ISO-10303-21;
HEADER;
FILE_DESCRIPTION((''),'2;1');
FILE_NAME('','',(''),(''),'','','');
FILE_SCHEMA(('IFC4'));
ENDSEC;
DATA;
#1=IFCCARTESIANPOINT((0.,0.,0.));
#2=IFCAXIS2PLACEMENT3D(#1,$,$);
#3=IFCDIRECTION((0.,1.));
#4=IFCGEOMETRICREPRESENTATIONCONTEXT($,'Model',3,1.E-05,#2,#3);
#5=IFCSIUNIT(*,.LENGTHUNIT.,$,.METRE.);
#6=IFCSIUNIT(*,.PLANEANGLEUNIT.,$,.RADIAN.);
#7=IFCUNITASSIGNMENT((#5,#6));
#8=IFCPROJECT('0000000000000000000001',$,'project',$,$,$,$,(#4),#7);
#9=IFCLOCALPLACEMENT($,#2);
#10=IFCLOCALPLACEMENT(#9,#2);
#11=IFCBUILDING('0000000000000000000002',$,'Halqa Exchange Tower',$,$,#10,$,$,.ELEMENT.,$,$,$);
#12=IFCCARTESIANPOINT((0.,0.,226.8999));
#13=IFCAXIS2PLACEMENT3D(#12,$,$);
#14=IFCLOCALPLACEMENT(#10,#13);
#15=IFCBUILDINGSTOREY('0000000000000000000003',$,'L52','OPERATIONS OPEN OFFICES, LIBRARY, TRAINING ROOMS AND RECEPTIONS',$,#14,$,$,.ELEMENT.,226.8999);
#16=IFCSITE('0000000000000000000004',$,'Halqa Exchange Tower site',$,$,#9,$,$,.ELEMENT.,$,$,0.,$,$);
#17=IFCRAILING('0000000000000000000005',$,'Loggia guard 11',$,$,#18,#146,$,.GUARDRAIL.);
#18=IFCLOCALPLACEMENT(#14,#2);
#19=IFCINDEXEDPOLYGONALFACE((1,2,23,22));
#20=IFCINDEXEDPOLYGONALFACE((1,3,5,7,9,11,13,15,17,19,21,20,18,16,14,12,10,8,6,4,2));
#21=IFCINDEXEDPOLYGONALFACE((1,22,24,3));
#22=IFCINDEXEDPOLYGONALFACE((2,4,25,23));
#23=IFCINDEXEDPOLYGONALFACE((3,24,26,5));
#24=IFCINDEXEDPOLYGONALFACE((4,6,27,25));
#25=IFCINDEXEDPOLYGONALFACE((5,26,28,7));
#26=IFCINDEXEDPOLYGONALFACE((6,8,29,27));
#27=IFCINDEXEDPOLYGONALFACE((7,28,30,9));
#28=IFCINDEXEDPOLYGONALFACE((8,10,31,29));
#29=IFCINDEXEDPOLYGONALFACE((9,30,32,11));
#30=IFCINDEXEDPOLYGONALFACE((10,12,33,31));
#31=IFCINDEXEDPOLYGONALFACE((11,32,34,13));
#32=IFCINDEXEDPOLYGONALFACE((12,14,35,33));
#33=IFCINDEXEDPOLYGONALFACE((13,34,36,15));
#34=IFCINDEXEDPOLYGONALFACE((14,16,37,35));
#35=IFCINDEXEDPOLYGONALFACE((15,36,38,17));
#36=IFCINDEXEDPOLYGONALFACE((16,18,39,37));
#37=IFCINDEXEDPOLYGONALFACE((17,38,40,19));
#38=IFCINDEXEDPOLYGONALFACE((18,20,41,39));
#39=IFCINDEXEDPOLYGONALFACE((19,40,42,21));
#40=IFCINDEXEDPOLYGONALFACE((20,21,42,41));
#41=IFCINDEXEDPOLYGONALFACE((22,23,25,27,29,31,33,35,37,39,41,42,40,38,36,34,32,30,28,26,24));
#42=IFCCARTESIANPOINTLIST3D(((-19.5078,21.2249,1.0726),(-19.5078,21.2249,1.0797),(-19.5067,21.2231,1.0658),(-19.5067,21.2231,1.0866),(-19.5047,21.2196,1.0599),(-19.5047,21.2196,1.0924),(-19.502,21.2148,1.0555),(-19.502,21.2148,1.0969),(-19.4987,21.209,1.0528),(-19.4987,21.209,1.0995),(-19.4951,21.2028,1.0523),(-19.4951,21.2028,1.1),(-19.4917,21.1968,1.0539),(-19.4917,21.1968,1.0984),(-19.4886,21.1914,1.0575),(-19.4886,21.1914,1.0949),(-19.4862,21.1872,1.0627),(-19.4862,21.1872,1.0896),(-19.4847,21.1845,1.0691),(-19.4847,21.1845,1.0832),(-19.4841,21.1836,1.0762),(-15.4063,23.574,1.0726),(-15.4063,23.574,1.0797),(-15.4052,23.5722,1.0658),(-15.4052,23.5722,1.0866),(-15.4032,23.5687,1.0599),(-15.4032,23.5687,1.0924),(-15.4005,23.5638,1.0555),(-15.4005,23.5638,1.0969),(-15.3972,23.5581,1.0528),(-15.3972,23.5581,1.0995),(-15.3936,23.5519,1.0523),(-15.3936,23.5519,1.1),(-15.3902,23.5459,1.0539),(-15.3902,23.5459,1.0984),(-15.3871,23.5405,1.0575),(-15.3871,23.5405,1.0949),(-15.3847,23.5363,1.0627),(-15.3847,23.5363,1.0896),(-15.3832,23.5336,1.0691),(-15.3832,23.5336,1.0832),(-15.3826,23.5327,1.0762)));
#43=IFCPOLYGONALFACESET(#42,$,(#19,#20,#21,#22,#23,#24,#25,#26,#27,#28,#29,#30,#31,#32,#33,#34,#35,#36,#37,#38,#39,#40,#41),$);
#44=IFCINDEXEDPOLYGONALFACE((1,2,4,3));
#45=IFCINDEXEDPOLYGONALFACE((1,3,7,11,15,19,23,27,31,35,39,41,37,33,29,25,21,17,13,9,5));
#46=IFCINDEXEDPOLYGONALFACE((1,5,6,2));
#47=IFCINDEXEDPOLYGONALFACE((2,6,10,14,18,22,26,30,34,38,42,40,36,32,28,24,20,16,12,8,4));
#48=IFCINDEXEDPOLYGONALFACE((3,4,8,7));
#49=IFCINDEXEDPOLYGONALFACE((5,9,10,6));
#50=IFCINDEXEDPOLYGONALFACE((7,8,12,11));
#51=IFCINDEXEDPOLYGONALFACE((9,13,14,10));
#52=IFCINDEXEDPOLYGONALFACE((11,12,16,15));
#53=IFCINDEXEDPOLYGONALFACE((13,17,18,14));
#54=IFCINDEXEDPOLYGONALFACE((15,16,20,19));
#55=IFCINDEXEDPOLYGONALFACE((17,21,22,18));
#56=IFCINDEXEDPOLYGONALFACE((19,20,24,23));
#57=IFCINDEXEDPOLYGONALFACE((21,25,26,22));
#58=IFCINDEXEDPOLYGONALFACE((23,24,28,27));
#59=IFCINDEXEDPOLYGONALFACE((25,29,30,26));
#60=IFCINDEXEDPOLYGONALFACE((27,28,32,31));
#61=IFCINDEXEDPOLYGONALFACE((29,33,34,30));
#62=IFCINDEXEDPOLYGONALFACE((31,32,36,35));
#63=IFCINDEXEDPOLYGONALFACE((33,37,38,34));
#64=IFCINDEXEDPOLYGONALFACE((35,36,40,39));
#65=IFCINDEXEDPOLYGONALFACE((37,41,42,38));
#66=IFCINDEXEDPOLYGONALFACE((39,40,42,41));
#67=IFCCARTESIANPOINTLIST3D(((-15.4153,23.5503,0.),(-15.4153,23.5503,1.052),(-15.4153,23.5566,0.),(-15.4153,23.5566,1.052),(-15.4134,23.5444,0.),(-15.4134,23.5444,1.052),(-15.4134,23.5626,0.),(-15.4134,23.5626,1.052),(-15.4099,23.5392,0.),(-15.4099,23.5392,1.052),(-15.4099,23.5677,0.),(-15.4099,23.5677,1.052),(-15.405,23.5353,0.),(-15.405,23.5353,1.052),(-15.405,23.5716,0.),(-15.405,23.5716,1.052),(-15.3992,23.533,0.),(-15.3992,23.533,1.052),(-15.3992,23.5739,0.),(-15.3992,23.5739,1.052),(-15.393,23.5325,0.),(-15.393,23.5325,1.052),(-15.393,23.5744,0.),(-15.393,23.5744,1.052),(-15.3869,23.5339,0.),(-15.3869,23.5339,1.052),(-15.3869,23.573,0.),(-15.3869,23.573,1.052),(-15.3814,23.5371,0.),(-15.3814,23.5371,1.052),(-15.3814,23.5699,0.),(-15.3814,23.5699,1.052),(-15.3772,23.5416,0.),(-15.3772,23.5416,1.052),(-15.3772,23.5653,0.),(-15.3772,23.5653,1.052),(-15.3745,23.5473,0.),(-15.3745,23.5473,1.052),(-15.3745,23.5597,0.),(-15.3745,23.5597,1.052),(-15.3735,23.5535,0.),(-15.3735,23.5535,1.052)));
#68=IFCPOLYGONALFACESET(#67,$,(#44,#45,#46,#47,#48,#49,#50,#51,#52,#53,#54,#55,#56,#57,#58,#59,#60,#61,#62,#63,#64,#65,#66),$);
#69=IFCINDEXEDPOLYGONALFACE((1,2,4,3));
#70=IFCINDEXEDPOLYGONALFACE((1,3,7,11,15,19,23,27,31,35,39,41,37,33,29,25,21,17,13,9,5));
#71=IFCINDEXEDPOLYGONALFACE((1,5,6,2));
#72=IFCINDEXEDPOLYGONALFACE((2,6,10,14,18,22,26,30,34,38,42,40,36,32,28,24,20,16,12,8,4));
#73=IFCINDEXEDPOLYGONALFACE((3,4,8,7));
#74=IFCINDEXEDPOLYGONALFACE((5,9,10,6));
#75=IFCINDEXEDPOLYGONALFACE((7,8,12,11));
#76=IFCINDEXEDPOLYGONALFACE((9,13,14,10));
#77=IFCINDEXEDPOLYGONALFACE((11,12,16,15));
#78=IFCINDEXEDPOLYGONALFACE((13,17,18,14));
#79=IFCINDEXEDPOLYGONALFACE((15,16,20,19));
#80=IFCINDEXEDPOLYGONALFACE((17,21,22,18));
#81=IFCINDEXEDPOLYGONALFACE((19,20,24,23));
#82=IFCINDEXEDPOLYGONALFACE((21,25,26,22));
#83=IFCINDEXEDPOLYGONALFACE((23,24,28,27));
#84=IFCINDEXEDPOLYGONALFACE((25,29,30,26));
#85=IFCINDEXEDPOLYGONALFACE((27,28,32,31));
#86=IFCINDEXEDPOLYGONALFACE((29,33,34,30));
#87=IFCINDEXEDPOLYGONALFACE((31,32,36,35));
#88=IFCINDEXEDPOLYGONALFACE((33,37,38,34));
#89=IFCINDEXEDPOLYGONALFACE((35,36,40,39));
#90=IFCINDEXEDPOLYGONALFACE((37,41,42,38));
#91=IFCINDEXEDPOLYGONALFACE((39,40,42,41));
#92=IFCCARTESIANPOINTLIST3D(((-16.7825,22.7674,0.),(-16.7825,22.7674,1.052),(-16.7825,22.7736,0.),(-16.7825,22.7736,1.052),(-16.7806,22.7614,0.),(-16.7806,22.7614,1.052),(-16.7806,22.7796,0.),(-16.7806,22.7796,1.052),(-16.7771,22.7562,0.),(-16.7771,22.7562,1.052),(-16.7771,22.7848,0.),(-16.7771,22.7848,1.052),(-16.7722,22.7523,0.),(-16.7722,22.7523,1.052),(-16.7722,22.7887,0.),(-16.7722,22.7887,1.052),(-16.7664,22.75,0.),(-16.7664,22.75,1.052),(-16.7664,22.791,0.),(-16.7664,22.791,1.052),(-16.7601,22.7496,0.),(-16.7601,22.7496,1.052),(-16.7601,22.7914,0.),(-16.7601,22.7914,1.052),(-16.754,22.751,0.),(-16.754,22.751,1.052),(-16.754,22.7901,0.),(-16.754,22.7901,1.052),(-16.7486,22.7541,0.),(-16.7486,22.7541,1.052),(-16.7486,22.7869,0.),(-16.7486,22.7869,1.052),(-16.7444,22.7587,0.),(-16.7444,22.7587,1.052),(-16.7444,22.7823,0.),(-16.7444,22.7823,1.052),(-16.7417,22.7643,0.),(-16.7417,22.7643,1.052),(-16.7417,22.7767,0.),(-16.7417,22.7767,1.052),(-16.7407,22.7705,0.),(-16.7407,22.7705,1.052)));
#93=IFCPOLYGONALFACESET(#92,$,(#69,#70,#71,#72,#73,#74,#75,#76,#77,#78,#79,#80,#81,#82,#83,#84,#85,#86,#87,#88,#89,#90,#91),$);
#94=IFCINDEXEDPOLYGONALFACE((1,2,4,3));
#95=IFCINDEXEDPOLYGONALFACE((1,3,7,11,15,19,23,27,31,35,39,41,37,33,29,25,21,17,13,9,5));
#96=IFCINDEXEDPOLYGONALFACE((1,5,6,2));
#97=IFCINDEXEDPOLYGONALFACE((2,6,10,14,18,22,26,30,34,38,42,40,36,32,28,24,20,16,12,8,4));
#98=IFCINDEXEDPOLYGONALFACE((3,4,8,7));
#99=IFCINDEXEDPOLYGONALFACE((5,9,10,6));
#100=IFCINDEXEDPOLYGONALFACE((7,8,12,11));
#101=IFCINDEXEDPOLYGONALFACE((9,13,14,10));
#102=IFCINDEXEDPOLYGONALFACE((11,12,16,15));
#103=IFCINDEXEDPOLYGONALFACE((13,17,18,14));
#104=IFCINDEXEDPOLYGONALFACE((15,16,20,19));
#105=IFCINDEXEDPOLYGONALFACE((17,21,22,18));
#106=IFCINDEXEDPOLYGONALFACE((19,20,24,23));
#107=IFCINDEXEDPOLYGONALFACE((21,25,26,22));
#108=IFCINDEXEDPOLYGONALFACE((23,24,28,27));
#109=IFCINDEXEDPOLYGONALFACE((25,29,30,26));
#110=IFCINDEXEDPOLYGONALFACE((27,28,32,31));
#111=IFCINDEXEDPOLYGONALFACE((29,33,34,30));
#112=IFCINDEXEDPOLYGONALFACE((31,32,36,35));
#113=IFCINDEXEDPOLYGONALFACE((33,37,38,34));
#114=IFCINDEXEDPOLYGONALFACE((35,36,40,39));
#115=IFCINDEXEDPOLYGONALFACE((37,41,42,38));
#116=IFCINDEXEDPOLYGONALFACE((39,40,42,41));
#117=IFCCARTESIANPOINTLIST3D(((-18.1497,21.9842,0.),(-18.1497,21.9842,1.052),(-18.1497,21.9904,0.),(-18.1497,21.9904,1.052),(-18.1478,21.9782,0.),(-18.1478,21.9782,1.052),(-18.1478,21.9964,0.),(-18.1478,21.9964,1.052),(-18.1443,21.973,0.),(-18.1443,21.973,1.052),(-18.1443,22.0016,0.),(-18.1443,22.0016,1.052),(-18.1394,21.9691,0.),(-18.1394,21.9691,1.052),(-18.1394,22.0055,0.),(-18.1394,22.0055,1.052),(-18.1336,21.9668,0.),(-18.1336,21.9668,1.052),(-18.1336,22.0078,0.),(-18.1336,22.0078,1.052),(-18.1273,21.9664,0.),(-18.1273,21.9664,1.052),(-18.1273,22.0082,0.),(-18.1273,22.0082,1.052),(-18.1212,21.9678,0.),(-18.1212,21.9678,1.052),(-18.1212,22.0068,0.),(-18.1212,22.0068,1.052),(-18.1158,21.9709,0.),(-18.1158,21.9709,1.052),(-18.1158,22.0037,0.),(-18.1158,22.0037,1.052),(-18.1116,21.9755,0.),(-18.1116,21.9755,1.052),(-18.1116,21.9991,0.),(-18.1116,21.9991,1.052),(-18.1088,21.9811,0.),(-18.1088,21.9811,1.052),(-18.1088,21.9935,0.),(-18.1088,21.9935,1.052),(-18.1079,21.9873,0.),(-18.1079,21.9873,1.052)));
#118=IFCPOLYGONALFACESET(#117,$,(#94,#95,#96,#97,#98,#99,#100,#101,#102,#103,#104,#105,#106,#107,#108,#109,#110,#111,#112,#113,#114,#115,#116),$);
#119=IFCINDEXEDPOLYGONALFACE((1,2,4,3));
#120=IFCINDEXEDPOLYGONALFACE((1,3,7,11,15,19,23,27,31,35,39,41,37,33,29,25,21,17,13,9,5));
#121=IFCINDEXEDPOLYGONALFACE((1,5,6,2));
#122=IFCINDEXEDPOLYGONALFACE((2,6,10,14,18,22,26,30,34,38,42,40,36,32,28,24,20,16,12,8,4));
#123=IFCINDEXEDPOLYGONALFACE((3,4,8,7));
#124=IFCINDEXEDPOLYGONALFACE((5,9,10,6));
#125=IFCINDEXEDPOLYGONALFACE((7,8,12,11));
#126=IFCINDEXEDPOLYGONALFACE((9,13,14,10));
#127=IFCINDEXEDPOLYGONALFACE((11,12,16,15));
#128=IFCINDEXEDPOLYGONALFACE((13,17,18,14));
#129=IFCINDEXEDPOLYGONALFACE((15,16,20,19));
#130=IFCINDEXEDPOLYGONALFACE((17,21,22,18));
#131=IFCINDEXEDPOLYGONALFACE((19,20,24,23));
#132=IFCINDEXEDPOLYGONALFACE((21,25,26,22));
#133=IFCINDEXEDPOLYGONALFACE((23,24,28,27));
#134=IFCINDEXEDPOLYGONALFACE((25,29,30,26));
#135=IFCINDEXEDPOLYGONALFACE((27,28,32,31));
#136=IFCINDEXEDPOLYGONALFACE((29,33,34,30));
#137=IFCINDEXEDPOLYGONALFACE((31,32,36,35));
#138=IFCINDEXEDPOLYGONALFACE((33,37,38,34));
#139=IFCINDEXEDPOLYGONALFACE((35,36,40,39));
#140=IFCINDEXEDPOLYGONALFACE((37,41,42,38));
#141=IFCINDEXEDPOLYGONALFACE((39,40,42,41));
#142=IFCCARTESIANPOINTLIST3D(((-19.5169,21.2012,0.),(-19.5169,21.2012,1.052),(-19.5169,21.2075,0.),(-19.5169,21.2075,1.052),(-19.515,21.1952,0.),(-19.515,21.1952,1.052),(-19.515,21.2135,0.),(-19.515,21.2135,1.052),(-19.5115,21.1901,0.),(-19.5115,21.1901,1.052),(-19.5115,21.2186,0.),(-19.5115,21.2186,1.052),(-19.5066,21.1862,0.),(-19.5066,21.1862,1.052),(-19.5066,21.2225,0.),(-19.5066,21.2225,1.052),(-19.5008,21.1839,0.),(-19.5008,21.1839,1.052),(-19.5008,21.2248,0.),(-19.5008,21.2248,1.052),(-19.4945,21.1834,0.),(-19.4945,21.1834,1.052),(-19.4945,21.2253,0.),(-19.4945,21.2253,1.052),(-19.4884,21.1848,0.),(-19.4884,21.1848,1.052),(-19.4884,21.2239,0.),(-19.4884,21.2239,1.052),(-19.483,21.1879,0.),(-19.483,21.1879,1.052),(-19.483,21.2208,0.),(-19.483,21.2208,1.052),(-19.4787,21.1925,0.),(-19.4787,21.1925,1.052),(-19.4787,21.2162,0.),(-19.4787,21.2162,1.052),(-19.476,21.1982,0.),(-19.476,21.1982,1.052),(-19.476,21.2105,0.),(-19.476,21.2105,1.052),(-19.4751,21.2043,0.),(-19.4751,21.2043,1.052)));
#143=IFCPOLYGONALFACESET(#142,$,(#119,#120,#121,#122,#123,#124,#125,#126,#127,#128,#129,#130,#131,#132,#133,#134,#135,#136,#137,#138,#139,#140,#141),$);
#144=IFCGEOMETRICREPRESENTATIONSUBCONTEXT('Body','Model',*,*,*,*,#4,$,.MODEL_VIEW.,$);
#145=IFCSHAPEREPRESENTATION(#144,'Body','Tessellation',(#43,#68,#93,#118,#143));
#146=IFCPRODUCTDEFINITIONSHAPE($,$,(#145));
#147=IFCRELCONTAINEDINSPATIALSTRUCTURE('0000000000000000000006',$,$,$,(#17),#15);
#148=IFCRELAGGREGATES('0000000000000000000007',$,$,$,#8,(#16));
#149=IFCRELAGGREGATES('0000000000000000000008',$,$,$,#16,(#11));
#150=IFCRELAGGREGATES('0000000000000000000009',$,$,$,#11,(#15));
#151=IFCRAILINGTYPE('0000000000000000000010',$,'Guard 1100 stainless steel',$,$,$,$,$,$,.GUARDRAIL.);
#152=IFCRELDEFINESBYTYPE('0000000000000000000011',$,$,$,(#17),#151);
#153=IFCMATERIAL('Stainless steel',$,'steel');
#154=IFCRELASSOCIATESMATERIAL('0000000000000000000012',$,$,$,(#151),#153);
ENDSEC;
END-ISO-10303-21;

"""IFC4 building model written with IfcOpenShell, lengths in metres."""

from ifc_helpers import new_model, si_unit, direction, frame, origin, origin_2d, place, context, subcontext, project, spatial, circle, extrude, material, type_object, element, save


model = new_model("IFC4")

# Units and contexts
model_context = context("Model", 3, precision=1e-05, world=origin(), true_north=direction((0.0, 1.0)))
body_context = subcontext(model_context, "Body", "Model", "MODEL_VIEW")
ifc_project = project(units=[si_unit("LENGTHUNIT", "METRE"), si_unit("PLANEANGLEUNIT", "RADIAN")], contexts=[model_context])

# Site, building, storey
site_placement = place(None, origin())
site = spatial("IfcSite", under=ifc_project, at=site_placement, Name="Halqa Exchange Tower site", CompositionType="ELEMENT", RefElevation=0.0)
building_placement = place(site_placement, origin())
building = spatial("IfcBuilding", under=site, at=building_placement, Name="Halqa Exchange Tower", CompositionType="ELEMENT")
storey_placement = place(building_placement, frame((0.0, 0.0, 226.8999)))
storey = spatial("IfcBuildingStorey", under=building, at=storey_placement, Name="L52", Description="OPERATIONS OPEN OFFICES, LIBRARY, TRAINING ROOMS AND RECEPTIONS", CompositionType="ELEMENT", Elevation=226.8999)

# Railing
ifc_material_1 = material(Name="Stainless steel", Category="steel")
railing_type = type_object("IfcRailingType", Name="Guard 1100 stainless steel", PredefinedType="GUARDRAIL", material=ifc_material_1)
railing_1_placement = place(storey_placement, frame((-15.3945, 23.5535, 0.0)))
element("IfcRailing", 1, at=railing_1_placement, inside=storey, type_object=railing_type, Name="Loggia guard 11", PredefinedType="GUARDRAIL", context=body_context, shape_type="SweptSolid", body=[
    extrude(circle(Radius=0.0239, at=origin_2d()), frame((0.0, 0.0, 1.0762), z_axis=(-0.867753, -0.496995, 0.0), x_axis=(0.496995, -0.867753, 0.0)), (0.0, 0.0, 1.0), 4.7266),
    extrude(circle(Radius=0.021, at=origin_2d()), origin(), (0.0, 0.0, 1.0), 1.052),
    extrude(circle(Radius=0.021, at=origin_2d()), frame((-1.3672, -0.783, 0.0)), (0.0, 0.0, 1.0), 1.052),
    extrude(circle(Radius=0.021, at=origin_2d()), frame((-2.7344, -1.5662, 0.0)), (0.0, 0.0, 1.0), 1.052),
    extrude(circle(Radius=0.021, at=origin_2d()), frame((-4.1016, -2.3491, 0.0)), (0.0, 0.0, 1.0), 1.052),
])

save(model, "model.ifc")
